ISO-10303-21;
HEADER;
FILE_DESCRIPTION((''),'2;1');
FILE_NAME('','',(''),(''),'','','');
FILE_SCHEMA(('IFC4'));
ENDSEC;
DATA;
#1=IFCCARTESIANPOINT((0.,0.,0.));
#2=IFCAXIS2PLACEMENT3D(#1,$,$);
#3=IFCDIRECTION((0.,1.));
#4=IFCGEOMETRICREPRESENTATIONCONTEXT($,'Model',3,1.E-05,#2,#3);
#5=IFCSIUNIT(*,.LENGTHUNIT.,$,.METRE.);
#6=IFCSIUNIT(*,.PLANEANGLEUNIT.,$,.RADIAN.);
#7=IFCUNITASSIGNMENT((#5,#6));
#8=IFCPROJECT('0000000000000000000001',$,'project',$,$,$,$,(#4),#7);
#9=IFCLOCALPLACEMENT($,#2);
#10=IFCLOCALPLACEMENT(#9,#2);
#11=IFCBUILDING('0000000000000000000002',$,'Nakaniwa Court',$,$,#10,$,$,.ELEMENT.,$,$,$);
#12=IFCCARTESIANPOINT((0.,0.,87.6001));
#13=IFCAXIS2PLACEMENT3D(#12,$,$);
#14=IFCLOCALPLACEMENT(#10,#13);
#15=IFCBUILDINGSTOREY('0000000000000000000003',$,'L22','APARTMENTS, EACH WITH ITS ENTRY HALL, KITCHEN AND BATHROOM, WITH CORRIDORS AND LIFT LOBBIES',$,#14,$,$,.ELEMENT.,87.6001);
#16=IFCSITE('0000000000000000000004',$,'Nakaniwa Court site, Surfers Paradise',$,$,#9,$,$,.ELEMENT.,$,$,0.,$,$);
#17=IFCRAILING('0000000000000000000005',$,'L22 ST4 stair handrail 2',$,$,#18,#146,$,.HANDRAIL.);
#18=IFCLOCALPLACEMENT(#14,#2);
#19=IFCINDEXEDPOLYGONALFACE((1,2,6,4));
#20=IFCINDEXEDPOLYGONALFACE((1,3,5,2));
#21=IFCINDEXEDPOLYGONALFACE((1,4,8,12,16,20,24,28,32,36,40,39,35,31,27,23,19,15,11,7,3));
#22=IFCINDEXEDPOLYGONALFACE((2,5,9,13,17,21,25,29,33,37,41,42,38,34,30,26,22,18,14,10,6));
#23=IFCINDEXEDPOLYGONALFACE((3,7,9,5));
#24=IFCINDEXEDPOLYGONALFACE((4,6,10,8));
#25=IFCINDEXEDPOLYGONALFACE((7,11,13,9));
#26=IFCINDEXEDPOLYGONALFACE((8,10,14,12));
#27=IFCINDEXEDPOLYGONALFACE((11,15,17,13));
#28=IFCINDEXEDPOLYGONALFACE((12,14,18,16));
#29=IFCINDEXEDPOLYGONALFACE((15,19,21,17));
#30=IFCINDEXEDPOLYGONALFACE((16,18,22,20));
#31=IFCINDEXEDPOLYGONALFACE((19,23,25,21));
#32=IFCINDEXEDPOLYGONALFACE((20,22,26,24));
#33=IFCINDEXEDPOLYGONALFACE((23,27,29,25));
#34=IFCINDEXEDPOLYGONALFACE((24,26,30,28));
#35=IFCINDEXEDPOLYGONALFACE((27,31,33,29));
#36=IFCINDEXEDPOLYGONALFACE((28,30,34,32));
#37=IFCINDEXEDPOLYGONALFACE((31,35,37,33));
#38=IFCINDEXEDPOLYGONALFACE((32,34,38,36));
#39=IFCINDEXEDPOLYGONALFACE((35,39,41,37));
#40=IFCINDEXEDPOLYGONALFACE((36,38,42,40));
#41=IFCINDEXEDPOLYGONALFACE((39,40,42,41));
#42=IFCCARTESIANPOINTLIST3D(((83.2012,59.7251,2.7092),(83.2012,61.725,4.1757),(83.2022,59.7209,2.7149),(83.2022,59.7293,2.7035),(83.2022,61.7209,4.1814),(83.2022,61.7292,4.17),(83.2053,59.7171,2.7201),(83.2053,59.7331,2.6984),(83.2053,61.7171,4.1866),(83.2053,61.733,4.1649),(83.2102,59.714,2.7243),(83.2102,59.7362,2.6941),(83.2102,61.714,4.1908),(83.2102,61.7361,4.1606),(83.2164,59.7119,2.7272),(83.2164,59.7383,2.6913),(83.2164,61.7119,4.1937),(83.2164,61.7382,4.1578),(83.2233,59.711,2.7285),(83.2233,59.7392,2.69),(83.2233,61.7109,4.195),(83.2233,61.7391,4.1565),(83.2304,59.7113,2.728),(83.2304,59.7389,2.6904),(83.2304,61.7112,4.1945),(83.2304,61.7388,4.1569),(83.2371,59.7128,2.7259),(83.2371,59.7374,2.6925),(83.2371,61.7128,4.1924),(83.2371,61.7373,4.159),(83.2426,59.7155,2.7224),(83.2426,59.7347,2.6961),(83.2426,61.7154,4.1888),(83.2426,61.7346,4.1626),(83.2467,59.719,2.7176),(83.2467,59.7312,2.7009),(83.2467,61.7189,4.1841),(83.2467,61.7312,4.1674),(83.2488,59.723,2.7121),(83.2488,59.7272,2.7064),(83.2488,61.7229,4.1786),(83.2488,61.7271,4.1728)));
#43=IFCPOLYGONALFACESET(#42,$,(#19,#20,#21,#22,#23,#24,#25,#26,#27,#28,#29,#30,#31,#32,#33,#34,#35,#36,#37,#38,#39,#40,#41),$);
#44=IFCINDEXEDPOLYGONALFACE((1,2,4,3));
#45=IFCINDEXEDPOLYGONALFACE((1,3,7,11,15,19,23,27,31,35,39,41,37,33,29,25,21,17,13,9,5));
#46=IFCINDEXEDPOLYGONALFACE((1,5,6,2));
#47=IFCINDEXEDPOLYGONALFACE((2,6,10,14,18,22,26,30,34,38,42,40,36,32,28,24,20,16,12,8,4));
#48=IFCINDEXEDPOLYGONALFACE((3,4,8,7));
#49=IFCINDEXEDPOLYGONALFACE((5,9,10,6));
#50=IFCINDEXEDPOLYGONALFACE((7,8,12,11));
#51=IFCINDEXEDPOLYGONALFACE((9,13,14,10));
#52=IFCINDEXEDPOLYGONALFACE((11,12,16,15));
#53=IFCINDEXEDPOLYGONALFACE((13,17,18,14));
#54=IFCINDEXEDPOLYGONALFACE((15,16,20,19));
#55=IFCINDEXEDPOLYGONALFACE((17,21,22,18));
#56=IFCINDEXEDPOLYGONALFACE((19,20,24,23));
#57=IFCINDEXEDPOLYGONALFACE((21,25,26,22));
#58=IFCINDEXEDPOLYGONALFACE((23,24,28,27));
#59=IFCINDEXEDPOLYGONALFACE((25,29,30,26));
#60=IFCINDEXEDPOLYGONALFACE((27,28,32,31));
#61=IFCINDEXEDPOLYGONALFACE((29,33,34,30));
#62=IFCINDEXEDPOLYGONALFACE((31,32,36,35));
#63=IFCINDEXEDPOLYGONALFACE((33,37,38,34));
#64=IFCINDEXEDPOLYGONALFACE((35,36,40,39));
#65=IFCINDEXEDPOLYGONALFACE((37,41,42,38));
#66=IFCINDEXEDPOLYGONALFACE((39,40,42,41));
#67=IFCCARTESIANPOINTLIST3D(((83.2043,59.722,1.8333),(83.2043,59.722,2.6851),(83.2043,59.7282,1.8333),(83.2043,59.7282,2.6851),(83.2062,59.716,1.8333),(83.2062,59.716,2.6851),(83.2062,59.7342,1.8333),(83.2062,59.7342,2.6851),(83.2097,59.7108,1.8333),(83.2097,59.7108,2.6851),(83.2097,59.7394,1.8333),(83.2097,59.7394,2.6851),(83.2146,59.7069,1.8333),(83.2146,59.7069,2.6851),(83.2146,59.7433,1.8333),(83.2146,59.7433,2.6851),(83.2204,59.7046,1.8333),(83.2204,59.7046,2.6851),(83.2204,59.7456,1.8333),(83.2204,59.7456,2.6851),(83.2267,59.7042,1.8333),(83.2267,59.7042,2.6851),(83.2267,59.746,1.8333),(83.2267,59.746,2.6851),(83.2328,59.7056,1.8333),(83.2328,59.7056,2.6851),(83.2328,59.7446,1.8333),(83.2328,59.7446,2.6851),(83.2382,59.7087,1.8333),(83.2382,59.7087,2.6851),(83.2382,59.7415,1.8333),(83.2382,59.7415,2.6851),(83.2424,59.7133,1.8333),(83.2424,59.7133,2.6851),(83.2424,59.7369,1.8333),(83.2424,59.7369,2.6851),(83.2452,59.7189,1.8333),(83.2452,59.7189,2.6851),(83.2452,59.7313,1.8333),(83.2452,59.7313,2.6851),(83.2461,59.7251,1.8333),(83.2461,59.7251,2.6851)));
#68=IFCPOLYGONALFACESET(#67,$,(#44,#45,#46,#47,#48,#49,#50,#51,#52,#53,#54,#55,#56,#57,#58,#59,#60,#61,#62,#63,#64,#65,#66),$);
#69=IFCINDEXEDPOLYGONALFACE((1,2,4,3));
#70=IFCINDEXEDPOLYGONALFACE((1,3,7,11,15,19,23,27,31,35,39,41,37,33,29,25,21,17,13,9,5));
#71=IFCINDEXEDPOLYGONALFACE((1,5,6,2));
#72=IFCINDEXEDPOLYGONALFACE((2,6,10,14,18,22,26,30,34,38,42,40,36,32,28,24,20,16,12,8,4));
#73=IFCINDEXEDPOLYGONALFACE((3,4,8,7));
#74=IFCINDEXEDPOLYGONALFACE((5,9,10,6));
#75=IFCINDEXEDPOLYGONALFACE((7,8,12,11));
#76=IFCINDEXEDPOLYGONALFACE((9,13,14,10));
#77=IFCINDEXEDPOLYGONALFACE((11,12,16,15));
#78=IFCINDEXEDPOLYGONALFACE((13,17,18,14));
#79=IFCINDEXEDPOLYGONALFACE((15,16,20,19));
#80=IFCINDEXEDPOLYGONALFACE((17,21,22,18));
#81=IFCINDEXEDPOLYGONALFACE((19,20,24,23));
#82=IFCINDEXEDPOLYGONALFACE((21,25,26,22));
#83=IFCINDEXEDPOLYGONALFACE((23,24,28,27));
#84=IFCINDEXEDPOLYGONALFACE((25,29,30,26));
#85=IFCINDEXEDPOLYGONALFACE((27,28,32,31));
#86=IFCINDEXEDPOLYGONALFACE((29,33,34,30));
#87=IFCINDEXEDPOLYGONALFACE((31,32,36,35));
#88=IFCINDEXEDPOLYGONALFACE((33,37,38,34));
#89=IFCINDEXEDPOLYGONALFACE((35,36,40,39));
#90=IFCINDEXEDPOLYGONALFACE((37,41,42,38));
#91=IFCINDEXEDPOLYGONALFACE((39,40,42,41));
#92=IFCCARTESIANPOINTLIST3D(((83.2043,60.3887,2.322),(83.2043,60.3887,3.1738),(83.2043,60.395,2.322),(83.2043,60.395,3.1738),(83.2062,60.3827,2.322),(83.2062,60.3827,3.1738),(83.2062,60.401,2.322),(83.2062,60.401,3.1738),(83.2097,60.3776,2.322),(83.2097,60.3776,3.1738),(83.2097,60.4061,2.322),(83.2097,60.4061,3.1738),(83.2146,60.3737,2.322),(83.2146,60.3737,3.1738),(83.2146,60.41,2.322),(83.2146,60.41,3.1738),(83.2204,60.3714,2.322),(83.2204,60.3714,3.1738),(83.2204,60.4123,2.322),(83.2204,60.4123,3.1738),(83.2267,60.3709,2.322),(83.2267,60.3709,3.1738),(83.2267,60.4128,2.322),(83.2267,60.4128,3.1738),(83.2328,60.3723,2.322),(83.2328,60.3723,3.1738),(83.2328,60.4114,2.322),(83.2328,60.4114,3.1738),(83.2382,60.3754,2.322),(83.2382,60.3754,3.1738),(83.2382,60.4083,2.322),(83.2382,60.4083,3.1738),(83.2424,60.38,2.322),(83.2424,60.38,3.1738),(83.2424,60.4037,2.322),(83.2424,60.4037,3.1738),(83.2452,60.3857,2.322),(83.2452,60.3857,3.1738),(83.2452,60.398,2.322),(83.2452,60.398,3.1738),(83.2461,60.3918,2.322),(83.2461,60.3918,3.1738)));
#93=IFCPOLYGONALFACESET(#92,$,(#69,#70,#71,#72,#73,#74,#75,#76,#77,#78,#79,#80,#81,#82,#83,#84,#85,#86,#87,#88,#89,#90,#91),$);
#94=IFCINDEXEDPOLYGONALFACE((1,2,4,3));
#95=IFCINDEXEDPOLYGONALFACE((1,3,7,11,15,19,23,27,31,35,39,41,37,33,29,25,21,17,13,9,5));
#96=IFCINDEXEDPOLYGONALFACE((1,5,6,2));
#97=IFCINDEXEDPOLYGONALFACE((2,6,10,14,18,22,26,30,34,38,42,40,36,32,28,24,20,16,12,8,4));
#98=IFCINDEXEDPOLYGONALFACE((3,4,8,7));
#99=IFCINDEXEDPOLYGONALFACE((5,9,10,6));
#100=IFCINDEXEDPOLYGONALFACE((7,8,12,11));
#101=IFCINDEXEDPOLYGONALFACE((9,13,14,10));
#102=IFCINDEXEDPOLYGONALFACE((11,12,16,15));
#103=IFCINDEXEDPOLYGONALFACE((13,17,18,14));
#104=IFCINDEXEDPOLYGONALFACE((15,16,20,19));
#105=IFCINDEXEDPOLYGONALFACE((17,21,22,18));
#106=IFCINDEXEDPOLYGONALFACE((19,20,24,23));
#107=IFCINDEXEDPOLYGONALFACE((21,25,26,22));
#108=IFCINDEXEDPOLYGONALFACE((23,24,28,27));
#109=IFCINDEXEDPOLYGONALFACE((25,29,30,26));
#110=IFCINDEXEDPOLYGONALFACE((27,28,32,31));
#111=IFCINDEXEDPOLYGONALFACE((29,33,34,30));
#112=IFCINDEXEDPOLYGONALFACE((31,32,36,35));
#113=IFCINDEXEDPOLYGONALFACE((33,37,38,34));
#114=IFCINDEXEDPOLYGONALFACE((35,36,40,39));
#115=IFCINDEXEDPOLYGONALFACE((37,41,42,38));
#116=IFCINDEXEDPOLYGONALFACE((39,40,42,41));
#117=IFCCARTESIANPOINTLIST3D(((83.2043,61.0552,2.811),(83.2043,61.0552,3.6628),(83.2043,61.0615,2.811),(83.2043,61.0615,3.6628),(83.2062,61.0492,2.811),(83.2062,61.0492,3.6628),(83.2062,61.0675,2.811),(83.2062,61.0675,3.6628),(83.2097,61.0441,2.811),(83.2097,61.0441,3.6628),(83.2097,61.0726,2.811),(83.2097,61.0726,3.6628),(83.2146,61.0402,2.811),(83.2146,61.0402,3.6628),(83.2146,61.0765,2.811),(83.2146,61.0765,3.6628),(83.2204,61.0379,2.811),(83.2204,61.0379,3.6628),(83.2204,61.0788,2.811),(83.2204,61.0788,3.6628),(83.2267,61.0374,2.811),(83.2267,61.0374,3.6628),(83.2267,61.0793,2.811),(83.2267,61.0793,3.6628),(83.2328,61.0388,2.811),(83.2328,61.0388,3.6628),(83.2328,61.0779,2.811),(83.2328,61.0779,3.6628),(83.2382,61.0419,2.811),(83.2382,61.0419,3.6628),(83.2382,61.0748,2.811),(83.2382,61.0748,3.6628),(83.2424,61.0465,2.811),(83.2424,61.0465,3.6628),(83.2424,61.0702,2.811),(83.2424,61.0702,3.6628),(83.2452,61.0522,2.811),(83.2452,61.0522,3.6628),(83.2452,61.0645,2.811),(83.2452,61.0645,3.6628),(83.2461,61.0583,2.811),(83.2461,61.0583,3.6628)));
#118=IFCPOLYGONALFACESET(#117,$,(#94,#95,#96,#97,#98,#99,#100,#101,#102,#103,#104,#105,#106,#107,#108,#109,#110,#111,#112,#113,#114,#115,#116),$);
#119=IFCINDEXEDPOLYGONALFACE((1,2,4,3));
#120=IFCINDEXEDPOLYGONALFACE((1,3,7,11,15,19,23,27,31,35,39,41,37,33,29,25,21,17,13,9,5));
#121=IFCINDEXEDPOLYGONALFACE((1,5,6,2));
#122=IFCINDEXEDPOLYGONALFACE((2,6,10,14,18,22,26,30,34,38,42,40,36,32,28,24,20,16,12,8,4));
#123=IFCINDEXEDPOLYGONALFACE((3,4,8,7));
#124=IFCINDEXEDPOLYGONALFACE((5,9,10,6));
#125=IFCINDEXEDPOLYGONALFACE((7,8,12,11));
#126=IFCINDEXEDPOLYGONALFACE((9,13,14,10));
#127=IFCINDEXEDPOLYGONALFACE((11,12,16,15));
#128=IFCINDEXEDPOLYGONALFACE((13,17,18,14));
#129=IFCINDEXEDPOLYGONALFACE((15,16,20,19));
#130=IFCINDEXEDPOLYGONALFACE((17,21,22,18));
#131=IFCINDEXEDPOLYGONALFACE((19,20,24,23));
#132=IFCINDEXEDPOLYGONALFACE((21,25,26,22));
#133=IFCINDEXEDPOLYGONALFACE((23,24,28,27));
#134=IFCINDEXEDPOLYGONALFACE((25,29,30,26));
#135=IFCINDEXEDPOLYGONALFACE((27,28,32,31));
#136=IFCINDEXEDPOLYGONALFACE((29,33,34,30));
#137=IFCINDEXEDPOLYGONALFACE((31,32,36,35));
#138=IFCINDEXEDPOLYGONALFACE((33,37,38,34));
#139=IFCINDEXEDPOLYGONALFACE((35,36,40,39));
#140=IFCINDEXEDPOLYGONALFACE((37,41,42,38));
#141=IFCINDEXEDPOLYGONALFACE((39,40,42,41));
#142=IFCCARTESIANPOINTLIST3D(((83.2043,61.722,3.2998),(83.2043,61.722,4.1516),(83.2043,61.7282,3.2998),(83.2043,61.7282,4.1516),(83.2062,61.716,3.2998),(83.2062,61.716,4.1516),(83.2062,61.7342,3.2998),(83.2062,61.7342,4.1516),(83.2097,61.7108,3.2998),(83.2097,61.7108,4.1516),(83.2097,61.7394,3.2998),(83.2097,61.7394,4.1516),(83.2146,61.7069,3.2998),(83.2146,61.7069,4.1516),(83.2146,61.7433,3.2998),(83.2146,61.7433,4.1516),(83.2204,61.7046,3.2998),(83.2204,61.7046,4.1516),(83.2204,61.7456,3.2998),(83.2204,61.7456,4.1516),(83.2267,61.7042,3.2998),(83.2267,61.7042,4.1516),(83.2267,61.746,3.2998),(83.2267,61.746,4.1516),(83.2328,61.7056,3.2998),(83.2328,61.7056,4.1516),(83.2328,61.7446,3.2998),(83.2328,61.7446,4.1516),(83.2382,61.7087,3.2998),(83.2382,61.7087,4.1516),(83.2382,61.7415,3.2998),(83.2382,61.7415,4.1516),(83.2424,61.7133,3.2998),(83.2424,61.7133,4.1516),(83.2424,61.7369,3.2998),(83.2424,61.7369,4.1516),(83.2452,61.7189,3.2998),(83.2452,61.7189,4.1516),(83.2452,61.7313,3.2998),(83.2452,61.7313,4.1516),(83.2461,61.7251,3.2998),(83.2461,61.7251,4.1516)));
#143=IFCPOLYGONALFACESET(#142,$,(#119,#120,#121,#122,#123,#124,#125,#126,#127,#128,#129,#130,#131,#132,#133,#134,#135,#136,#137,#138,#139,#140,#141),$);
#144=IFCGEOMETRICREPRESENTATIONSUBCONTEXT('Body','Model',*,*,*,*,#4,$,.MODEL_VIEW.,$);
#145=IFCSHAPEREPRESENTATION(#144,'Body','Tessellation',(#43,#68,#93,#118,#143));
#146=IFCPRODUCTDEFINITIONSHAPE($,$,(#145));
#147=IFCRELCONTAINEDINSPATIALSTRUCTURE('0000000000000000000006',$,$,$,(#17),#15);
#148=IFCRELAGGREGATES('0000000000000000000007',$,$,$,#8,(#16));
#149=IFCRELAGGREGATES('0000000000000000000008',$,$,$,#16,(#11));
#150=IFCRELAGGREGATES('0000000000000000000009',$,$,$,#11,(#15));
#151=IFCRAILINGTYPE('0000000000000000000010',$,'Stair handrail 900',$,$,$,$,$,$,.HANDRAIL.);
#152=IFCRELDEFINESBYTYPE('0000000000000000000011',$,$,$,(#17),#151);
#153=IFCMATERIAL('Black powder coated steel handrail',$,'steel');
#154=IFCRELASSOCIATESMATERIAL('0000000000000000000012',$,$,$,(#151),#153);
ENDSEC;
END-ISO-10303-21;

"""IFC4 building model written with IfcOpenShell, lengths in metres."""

from ifc_helpers import new_model, si_unit, direction, frame, origin, origin_2d, place, context, subcontext, project, spatial, circle, extrude, material, type_object, element, save


model = new_model("IFC4")

# Units and contexts
model_context = context("Model", 3, precision=1e-05, world=origin(), true_north=direction((0.0, 1.0)))
body_context = subcontext(model_context, "Body", "Model", "MODEL_VIEW")
ifc_project = project(units=[si_unit("LENGTHUNIT", "METRE"), si_unit("PLANEANGLEUNIT", "RADIAN")], contexts=[model_context])

# Site, building, storey
site_placement = place(None, origin())
site = spatial("IfcSite", under=ifc_project, at=site_placement, Name="Nakaniwa Court site, Surfers Paradise", CompositionType="ELEMENT", RefElevation=0.0)
building_placement = place(site_placement, origin())
building = spatial("IfcBuilding", under=site, at=building_placement, Name="Nakaniwa Court", CompositionType="ELEMENT")
storey_placement = place(building_placement, frame((0.0, 0.0, 87.6001)))
storey = spatial("IfcBuildingStorey", under=building, at=storey_placement, Name="L22", Description="APARTMENTS, EACH WITH ITS ENTRY HALL, KITCHEN AND BATHROOM, WITH CORRIDORS AND LIFT LOBBIES", CompositionType="ELEMENT", Elevation=87.6001)

# Railing
ifc_material_1 = material(Name="Black powder coated steel handrail", Category="steel")
railing_type_1 = type_object("IfcRailingType", Name="Stair handrail 900", PredefinedType="HANDRAIL", material=ifc_material_1)
railing_1_placement = place(storey_placement, frame((83.2251, 59.7251, 1.8333)))
element("IfcRailing", 1, at=railing_1_placement, inside=storey, type_object=railing_type_1, Name="L22 ST4 stair handrail 2", PredefinedType="HANDRAIL", context=body_context, shape_type="SweptSolid", body=[
    extrude(circle(Radius=0.0239, at=origin_2d()), frame((0.0, 0.0, 0.876), z_axis=(0.0, 0.806427, 0.591334), x_axis=(-1.0, 0.0, 0.0)), (0.0, 0.0, 1.0), 2.48),
    extrude(circle(Radius=0.021, at=origin_2d()), origin(), (0.0, 0.0, 1.0), 0.8518),
    extrude(circle(Radius=0.021, at=origin_2d()), frame((0.0, 0.6667, 0.4888)), (0.0, 0.0, 1.0), 0.8518),
    extrude(circle(Radius=0.021, at=origin_2d()), frame((0.0, 1.3333, 0.9778)), (0.0, 0.0, 1.0), 0.8518),
    extrude(circle(Radius=0.021, at=origin_2d()), frame((0.0, 2.0, 1.4666)), (0.0, 0.0, 1.0), 0.8518),
])

save(model, "model.ifc")
